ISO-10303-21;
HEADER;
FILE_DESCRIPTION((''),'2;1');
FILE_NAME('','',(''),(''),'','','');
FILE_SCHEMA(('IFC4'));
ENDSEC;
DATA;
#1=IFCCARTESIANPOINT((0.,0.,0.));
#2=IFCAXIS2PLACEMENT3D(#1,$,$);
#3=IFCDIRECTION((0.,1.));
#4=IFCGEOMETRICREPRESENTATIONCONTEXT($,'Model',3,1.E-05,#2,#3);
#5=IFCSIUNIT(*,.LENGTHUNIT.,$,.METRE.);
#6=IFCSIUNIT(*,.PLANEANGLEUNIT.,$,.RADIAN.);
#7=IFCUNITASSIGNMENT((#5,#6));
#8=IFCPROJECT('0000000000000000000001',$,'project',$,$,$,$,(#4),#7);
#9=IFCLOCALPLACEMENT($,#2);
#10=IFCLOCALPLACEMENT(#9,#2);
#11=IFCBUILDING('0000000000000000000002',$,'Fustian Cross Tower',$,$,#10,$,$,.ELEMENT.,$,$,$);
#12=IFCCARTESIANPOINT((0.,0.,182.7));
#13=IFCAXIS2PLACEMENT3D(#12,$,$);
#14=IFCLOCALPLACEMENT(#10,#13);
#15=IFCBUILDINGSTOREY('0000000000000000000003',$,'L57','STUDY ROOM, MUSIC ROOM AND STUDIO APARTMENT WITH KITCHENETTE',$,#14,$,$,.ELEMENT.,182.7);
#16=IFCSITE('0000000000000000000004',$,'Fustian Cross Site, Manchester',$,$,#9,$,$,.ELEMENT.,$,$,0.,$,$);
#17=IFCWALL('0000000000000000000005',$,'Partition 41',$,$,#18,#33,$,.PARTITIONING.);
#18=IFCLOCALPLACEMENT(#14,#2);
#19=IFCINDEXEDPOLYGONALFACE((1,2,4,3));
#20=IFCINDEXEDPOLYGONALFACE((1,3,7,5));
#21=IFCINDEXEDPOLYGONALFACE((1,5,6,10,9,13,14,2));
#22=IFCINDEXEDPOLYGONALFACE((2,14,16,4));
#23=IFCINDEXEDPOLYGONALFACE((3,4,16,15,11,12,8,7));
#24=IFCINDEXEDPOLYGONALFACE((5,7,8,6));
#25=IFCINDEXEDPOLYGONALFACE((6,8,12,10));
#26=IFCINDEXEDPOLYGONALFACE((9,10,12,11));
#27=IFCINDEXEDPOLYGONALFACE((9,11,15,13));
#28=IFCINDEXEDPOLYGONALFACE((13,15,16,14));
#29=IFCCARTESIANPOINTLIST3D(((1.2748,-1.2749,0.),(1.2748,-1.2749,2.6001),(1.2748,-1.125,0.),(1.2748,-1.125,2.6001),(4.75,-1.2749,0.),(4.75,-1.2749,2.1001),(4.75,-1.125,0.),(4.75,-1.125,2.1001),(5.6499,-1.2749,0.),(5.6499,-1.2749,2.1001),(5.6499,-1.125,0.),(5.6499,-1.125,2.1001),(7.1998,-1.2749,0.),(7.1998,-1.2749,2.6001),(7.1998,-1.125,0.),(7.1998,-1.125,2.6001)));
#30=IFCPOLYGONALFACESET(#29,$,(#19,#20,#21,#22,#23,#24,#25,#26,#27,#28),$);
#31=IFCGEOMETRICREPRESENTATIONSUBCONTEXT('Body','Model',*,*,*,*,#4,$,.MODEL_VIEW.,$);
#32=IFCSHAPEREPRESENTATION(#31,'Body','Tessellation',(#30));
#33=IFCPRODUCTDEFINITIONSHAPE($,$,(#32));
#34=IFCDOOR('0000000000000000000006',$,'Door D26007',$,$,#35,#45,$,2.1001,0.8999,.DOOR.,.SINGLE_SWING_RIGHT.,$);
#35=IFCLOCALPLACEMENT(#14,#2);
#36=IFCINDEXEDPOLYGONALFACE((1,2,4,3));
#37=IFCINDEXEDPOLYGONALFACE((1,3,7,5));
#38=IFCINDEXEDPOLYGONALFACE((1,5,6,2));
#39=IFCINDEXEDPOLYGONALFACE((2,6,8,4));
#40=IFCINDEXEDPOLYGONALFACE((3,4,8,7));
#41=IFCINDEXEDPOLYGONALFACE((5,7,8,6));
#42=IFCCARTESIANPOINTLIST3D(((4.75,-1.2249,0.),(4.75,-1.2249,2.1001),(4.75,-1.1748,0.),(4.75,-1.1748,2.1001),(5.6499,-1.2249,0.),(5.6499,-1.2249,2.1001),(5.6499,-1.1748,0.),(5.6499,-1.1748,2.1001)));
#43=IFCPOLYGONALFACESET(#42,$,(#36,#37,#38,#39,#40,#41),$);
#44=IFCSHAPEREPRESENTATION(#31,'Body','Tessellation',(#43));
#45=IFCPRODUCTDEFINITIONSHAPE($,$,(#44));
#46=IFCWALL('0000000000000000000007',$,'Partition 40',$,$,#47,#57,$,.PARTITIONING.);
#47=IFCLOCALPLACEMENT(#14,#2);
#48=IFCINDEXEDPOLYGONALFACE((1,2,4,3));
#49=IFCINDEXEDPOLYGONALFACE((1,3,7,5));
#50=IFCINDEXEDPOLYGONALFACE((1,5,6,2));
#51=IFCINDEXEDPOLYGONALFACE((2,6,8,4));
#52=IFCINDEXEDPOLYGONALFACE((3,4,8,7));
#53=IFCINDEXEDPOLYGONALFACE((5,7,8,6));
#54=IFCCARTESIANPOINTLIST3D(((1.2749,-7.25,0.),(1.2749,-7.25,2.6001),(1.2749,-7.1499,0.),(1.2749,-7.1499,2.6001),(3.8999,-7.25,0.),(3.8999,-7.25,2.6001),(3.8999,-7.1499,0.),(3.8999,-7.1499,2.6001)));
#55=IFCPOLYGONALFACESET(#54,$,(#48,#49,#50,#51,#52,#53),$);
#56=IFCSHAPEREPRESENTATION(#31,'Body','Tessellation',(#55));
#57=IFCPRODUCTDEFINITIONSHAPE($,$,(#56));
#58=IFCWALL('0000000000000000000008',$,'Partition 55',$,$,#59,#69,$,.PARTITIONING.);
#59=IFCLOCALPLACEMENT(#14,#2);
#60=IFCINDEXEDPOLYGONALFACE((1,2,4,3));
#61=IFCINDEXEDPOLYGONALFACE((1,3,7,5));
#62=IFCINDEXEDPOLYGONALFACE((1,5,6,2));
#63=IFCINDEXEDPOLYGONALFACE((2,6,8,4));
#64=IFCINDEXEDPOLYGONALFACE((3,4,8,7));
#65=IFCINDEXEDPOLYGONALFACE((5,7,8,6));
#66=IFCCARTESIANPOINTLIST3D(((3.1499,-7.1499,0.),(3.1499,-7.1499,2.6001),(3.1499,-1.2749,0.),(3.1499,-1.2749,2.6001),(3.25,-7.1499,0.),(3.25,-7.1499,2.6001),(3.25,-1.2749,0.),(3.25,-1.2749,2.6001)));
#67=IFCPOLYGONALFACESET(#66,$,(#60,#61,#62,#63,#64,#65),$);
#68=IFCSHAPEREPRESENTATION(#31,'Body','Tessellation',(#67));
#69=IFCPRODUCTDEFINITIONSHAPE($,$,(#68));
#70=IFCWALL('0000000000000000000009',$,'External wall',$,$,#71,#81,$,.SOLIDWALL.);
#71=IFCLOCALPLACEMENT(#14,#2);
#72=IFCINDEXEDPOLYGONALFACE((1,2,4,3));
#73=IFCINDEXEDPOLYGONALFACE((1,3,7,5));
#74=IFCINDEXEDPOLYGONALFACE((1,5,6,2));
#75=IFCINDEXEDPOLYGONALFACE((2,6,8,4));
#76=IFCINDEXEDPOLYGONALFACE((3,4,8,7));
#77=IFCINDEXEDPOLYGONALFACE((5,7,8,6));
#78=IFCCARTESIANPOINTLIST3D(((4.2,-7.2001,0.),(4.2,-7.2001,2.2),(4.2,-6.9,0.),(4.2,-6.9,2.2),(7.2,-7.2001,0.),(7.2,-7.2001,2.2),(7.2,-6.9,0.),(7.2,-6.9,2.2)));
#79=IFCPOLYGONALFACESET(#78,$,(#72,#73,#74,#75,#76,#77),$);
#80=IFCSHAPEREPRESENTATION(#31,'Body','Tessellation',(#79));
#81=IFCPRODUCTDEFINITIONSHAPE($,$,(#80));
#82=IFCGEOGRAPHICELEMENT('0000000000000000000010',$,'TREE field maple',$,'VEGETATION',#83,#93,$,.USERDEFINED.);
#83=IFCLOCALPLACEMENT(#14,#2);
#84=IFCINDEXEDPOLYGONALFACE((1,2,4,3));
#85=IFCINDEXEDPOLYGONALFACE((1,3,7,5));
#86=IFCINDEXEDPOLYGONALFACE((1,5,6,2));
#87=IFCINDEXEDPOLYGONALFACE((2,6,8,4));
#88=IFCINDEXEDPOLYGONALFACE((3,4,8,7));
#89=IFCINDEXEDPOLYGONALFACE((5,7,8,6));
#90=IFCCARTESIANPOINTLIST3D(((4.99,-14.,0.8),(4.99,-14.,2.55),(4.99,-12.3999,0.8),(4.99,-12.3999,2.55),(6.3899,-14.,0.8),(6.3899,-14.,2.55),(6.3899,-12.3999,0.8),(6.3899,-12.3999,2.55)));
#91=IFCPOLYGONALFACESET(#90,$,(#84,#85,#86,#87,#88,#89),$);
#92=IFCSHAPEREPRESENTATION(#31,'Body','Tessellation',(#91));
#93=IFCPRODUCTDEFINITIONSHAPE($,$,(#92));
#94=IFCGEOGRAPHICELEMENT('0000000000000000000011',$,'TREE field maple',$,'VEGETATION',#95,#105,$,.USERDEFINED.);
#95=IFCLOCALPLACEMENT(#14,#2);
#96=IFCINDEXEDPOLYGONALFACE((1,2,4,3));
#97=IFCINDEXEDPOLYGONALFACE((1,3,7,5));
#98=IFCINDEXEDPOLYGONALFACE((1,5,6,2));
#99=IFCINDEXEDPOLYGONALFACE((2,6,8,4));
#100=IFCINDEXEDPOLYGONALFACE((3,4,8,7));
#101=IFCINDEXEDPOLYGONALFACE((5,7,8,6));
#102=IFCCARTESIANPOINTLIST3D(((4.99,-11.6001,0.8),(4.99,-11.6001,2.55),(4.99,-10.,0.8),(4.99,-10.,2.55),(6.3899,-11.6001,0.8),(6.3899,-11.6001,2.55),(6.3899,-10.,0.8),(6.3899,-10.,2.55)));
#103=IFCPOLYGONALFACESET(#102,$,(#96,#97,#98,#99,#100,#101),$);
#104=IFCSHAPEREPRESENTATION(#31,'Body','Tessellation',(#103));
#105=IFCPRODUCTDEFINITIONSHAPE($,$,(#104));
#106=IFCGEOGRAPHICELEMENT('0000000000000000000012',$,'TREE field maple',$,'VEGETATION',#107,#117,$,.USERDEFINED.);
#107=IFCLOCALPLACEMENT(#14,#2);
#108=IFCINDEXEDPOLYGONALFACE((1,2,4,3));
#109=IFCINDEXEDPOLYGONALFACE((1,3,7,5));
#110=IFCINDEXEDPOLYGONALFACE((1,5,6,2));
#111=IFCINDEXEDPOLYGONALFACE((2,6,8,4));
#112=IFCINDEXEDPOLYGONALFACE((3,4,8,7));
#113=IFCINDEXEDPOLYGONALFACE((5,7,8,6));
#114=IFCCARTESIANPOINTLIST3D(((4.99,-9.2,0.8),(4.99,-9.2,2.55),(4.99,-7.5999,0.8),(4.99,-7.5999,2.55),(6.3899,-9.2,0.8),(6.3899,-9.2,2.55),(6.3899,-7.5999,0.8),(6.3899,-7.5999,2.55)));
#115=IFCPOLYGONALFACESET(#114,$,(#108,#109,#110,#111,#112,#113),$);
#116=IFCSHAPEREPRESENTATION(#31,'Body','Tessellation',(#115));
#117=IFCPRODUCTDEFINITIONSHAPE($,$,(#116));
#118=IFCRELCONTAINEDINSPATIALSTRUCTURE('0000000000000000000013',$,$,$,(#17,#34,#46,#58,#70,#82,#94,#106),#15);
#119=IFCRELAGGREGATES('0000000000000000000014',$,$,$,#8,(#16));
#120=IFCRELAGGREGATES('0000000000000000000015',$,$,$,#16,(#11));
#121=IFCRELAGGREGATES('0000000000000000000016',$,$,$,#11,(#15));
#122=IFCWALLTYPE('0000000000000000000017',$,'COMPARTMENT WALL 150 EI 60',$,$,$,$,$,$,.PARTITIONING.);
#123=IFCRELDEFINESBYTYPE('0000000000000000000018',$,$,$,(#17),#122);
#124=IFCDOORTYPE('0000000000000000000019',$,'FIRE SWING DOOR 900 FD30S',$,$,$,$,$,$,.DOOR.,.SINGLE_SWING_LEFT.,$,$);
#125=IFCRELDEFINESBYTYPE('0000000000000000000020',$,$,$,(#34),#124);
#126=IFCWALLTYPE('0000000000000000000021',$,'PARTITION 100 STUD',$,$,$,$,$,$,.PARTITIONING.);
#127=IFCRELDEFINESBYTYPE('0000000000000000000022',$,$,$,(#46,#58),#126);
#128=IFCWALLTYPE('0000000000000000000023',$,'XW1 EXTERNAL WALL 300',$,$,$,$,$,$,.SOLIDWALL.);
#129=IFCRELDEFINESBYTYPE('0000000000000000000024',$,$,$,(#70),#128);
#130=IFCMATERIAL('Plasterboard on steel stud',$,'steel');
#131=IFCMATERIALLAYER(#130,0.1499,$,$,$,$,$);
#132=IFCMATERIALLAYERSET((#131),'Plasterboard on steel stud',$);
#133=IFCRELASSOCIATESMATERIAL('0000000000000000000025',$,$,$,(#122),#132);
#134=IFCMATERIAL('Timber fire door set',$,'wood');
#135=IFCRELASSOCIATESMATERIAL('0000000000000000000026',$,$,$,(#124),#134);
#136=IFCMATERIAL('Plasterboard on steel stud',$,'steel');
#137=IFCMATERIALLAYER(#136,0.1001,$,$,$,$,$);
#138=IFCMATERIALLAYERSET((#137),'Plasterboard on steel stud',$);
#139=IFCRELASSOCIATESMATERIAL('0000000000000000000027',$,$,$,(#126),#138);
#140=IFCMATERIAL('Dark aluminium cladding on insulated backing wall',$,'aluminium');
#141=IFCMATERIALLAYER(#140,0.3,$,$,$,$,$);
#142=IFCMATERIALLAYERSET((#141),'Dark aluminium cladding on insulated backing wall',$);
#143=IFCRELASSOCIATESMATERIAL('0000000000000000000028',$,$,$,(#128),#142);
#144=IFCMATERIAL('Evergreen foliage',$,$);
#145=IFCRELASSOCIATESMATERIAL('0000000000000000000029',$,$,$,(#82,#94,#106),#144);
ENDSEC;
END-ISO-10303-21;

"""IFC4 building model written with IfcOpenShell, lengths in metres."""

from ifc_helpers import new_model, si_unit, direction, frame, frame_2d, origin, origin_2d, place, context, subcontext, project, spatial, rectangle, extrude, material, layer, layer_set, type_object, element, fill, save


model = new_model("IFC4")

# Units and contexts
model_context = context("Model", 3, precision=1e-05, world=origin(), true_north=direction((0.0, 1.0)))
body_context = subcontext(model_context, "Body", "Model", "MODEL_VIEW")
ifc_project = project(units=[si_unit("LENGTHUNIT", "METRE"), si_unit("PLANEANGLEUNIT", "RADIAN")], contexts=[model_context])

# Site, building, storey
site_placement = place(None, origin())
site = spatial("IfcSite", under=ifc_project, at=site_placement, Name="Fustian Cross Site, Manchester", CompositionType="ELEMENT", RefElevation=0.0)
building_placement = place(site_placement, origin())
building = spatial("IfcBuilding", under=site, at=building_placement, Name="Fustian Cross Tower", CompositionType="ELEMENT")
storey_placement = place(building_placement, frame((0.0, 0.0, 182.7)))
storey = spatial("IfcBuildingStorey", under=building, at=storey_placement, Name="L57", Description="STUDY ROOM, MUSIC ROOM AND STUDIO APARTMENT WITH KITCHENETTE", CompositionType="ELEMENT", Elevation=182.7)

# Wall, opening, door
ifc_material_1 = material(Name="Plasterboard on steel stud", Category="steel")
ifc_layer_1 = layer(ifc_material_1, 0.1499)
ifc_layer_set_1 = layer_set([ifc_layer_1], Name="Plasterboard on steel stud")
wall_type_1 = type_object("IfcWallType", Name="COMPARTMENT WALL 150 EI 60", PredefinedType="PARTITIONING", material=ifc_layer_set_1)
wall_1_placement = place(storey_placement, frame((1.2749, -1.2, 0.0), z_axis=(0.0, 0.0, 1.0), x_axis=(1.0, 0.0, 0.0)))
wall_1 = element("IfcWall", 1, at=wall_1_placement, inside=storey, type_object=wall_type_1, Name="Partition 41", PredefinedType="PARTITIONING", context=body_context, shape_type="SweptSolid", body=[
    extrude(rectangle(XDim=5.925, YDim=0.1499, at=frame_2d((2.9624, 0.0))), origin(), (0.0, 0.0, 1.0), 2.6001),
])
opening_placement = place(wall_1_placement, frame((3.4751, 0.0, 0.0)))
opening = element("IfcOpeningElement", 2, at=opening_placement, cuts=wall_1, PredefinedType="OPENING", context=body_context, shape_type="SweptSolid", body=[
    extrude(rectangle(XDim=0.8999, YDim=2.1001, at=frame_2d((0.45, 1.05))), frame((0.0, 0.085, 0.0), z_axis=(0.0, -1.0, 0.0), x_axis=(1.0, 0.0, 0.0)), (0.0, 0.0, 1.0), 0.1699),
])
ifc_material_2 = material(Name="Timber fire door set", Category="wood")
door_type = type_object("IfcDoorType", Name="FIRE SWING DOOR 900 FD30S", OperationType="SINGLE_SWING_LEFT", PredefinedType="DOOR", material=ifc_material_2)
door_placement = place(opening_placement, frame((0.8999, 0.0, 0.0), z_axis=(0.0, 0.0, 1.0), x_axis=(-1.0, 0.0, 0.0)))
door = element("IfcDoor", 3, at=door_placement, inside=storey, type_object=door_type, Name="Door D26007", OperationType="SINGLE_SWING_RIGHT", OverallHeight=2.1001, OverallWidth=0.8999, PredefinedType="DOOR", context=body_context, shape_type="SweptSolid", body=[
    extrude(rectangle(XDim=0.8999, YDim=2.1001, at=frame_2d((0.45, 1.05))), frame((0.0, 0.0249, 0.0), z_axis=(0.0, -1.0, 0.0), x_axis=(1.0, 0.0, 0.0)), (0.0, 0.0, 1.0), 0.05),
])
fill(opening, door)

# Walls
ifc_material_3 = material(Name="Plasterboard on steel stud", Category="steel")
ifc_layer_2 = layer(ifc_material_3, 0.1001)
ifc_layer_set_2 = layer_set([ifc_layer_2], Name="Plasterboard on steel stud")
wall_type_2 = type_object("IfcWallType", Name="PARTITION 100 STUD", PredefinedType="PARTITIONING", material=ifc_layer_set_2)
wall_2_placement = place(storey_placement, frame((1.2749, -7.2, 0.0), z_axis=(0.0, 0.0, 1.0), x_axis=(1.0, 0.0, 0.0)))
element("IfcWall", 4, at=wall_2_placement, inside=storey, type_object=wall_type_2, Name="Partition 40", PredefinedType="PARTITIONING", context=body_context, shape_type="SweptSolid", body=[
    extrude(rectangle(XDim=2.625, YDim=0.1001, at=frame_2d((1.3125, 0.0))), origin(), (0.0, 0.0, 1.0), 2.6001),
])
wall_3_placement = place(storey_placement, frame((3.2, -7.1499, 0.0), z_axis=(0.0, 0.0, 1.0), x_axis=(0.0, 1.0, 0.0)))
element("IfcWall", 5, at=wall_3_placement, inside=storey, type_object=wall_type_2, Name="Partition 55", PredefinedType="PARTITIONING", context=body_context, shape_type="SweptSolid", body=[
    extrude(rectangle(XDim=5.875, YDim=0.1001, at=frame_2d((2.9375, 0.0))), origin(), (0.0, 0.0, 1.0), 2.6001),
])
ifc_material_4 = material(Name="Dark aluminium cladding on insulated backing wall", Category="aluminium")
ifc_layer_3 = layer(ifc_material_4, 0.3)
ifc_layer_set_3 = layer_set([ifc_layer_3], Name="Dark aluminium cladding on insulated backing wall")
wall_type_3 = type_object("IfcWallType", Name="XW1 EXTERNAL WALL 300", PredefinedType="SOLIDWALL", material=ifc_layer_set_3)
wall_4_placement = place(storey_placement, frame((4.2, -7.05, 0.0), z_axis=(0.0, 0.0, 1.0), x_axis=(1.0, 0.0, 0.0)))
element("IfcWall", 6, at=wall_4_placement, inside=storey, type_object=wall_type_3, Name="External wall", PredefinedType="SOLIDWALL", context=body_context, shape_type="SweptSolid", body=[
    extrude(rectangle(XDim=3.0, YDim=0.3, at=frame_2d((1.5, 0.0))), origin(), (0.0, 0.0, 1.0), 2.2),
])

# Geographic elements
ifc_material_5 = material(Name="Evergreen foliage")
for number, where, z_axis, x_axis, name in (
    (7, (5.6899, -13.2, 0.8), (0.0, 0.0, 1.0), (1.0, 0.0, 0.0), "TREE field maple"),
    (8, (5.6899, -10.8, 0.8), (0.0, 0.0, 1.0), (1.0, 0.0, 0.0), "TREE field maple"),
    (9, (5.6899, -8.3999, 0.8), (0.0, 0.0, 1.0), (1.0, 0.0, 0.0), "TREE field maple"),
):
    element("IfcGeographicElement", number, at=place(storey_placement, frame(where, z_axis=z_axis, x_axis=x_axis)), inside=storey, material=ifc_material_5, Name=name, ObjectType="VEGETATION", PredefinedType="USERDEFINED", context=body_context, shape_type="SweptSolid", body=[
        extrude(rectangle(XDim=1.3999, YDim=1.6001, at=origin_2d()), origin(), (0.0, 0.0, 1.0), 1.75),
    ])

save(model, "model.ifc")
